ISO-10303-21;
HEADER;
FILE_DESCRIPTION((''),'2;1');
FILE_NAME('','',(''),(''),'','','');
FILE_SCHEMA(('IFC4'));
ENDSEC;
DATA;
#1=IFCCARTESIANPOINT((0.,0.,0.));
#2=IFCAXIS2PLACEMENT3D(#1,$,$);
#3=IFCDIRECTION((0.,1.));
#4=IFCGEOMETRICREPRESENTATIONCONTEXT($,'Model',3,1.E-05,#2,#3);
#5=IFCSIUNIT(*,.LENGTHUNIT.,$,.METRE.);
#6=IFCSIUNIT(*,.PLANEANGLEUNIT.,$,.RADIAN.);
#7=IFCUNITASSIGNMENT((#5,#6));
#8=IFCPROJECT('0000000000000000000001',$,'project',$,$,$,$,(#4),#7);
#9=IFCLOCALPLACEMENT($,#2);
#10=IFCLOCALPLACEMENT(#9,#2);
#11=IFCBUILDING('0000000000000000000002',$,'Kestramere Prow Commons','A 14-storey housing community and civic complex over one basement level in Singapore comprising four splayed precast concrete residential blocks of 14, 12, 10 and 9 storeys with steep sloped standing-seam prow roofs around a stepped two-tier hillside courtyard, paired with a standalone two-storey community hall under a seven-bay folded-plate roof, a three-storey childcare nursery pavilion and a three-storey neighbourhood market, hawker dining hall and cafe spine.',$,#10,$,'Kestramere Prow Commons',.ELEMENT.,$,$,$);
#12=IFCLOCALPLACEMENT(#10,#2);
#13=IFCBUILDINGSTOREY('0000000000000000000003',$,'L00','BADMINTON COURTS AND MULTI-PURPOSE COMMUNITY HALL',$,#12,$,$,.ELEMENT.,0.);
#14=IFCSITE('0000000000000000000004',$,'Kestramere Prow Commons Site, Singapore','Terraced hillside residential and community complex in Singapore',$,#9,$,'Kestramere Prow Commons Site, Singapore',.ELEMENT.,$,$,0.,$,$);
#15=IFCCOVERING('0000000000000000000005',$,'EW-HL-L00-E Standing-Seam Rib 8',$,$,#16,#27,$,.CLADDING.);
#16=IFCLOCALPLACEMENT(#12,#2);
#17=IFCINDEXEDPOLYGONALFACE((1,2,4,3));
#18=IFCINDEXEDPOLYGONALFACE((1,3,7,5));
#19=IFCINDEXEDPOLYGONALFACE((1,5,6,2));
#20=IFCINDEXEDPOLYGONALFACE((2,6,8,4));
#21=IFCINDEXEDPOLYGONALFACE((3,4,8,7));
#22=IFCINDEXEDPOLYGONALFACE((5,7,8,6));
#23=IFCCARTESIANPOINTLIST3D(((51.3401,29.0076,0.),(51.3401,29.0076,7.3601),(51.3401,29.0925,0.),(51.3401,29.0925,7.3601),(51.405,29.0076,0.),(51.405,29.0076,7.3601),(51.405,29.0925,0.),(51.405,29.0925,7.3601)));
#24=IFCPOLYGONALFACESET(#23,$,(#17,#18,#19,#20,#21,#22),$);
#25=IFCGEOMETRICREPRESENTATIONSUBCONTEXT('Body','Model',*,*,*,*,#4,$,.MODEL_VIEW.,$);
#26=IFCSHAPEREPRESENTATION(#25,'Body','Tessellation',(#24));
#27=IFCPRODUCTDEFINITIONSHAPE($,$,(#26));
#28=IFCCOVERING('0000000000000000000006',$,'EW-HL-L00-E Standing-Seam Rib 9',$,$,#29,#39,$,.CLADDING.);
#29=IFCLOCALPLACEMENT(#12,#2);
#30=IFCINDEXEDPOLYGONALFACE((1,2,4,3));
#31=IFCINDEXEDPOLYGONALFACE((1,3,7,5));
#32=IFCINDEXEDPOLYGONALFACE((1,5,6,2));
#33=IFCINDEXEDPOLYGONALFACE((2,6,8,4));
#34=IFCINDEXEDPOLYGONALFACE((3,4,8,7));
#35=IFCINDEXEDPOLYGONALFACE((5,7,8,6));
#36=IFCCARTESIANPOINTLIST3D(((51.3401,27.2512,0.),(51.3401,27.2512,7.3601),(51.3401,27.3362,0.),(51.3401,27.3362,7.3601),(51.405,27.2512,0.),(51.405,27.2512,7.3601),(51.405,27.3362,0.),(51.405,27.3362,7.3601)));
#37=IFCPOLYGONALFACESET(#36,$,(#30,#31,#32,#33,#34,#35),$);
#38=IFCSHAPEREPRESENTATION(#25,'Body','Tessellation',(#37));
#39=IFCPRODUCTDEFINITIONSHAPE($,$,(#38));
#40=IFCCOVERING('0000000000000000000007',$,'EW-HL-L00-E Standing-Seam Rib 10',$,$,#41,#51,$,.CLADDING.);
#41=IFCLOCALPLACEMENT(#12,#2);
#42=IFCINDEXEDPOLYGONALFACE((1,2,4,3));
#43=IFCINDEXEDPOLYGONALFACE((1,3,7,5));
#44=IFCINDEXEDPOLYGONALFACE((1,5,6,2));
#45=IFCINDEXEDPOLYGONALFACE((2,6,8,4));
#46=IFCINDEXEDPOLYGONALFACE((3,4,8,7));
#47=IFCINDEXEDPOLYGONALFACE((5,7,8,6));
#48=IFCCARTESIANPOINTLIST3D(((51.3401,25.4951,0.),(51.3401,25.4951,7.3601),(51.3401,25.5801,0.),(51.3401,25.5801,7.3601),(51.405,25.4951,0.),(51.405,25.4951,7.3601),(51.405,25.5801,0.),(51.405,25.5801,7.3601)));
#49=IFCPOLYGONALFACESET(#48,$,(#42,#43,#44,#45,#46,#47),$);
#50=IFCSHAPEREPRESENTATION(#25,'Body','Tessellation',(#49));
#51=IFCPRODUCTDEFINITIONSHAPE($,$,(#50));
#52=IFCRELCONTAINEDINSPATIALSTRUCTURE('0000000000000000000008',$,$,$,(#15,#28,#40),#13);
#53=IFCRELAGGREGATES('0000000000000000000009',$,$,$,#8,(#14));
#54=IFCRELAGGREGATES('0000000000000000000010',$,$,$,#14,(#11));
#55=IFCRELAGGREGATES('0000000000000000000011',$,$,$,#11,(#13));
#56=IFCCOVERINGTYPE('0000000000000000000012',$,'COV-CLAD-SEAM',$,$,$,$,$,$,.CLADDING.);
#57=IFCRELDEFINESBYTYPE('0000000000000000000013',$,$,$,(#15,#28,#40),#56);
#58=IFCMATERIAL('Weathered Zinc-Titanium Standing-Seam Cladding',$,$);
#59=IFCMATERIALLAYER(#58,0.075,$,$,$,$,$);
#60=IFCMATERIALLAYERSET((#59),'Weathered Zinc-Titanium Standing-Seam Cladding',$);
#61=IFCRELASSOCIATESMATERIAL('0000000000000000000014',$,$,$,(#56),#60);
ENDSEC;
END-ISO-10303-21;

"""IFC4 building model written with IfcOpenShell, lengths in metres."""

from ifc_helpers import new_model, si_unit, direction, frame, origin, origin_2d, place, context, subcontext, project, spatial, rectangle, extrude, material, layer, layer_set, type_object, element, save


model = new_model("IFC4")

# Units and contexts
model_context = context("Model", 3, precision=1e-05, world=origin(), true_north=direction((0.0, 1.0)))
body_context = subcontext(model_context, "Body", "Model", "MODEL_VIEW")
ifc_project = project(units=[si_unit("LENGTHUNIT", "METRE"), si_unit("PLANEANGLEUNIT", "RADIAN")], contexts=[model_context])

# Site, building, storey
site_placement = place(None, origin())
site = spatial("IfcSite", under=ifc_project, at=site_placement, Name="Kestramere Prow Commons Site, Singapore", Description="Terraced hillside residential and community complex in Singapore", LongName="Kestramere Prow Commons Site, Singapore", CompositionType="ELEMENT", RefElevation=0.0)
building_placement = place(site_placement, origin())
building = spatial("IfcBuilding", under=site, at=building_placement, Name="Kestramere Prow Commons", Description="A 14-storey housing community and civic complex over one basement level in Singapore comprising four splayed precast concrete residential blocks of 14, 12, 10 and 9 storeys with steep sloped standing-seam prow roofs around a stepped two-tier hillside courtyard, paired with a standalone two-storey community hall under a seven-bay folded-plate roof, a three-storey childcare nursery pavilion and a three-storey neighbourhood market, hawker dining hall and cafe spine.", LongName="Kestramere Prow Commons", CompositionType="ELEMENT")
storey_placement = place(building_placement, origin())
storey = spatial("IfcBuildingStorey", under=building, at=storey_placement, Name="L00", Description="BADMINTON COURTS AND MULTI-PURPOSE COMMUNITY HALL", CompositionType="ELEMENT", Elevation=0.0)

# Coverings
ifc_material_1 = material(Name="Weathered Zinc-Titanium Standing-Seam Cladding")
ifc_layer_1 = layer(ifc_material_1, 0.075)
ifc_layer_set_1 = layer_set([ifc_layer_1], Name="Weathered Zinc-Titanium Standing-Seam Cladding")
covering_type = type_object("IfcCoveringType", Name="COV-CLAD-SEAM", PredefinedType="CLADDING", material=ifc_layer_set_1)
for number, where, z_axis, x_axis, name in (
    (1, (51.3726, 29.05, 0.0), (0.0, 0.0, 1.0), (0.0, -1.0, 0.0), "EW-HL-L00-E Standing-Seam Rib 8"),
    (2, (51.3726, 27.2937, 0.0), (0.0, 0.0, 1.0), (0.0, -1.0, 0.0), "EW-HL-L00-E Standing-Seam Rib 9"),
    (3, (51.3726, 25.5376, 0.0), (0.0, 0.0, 1.0), (0.0, -1.0, 0.0), "EW-HL-L00-E Standing-Seam Rib 10"),
):
    element("IfcCovering", number, at=place(storey_placement, frame(where, z_axis=z_axis, x_axis=x_axis)), inside=storey, type_object=covering_type, Name=name, PredefinedType="CLADDING", context=body_context, shape_type="SweptSolid", body=[
        extrude(rectangle(XDim=0.085, YDim=0.0649, at=origin_2d()), origin(), (0.0, 0.0, 1.0), 7.3601),
    ])

save(model, "model.ifc")
